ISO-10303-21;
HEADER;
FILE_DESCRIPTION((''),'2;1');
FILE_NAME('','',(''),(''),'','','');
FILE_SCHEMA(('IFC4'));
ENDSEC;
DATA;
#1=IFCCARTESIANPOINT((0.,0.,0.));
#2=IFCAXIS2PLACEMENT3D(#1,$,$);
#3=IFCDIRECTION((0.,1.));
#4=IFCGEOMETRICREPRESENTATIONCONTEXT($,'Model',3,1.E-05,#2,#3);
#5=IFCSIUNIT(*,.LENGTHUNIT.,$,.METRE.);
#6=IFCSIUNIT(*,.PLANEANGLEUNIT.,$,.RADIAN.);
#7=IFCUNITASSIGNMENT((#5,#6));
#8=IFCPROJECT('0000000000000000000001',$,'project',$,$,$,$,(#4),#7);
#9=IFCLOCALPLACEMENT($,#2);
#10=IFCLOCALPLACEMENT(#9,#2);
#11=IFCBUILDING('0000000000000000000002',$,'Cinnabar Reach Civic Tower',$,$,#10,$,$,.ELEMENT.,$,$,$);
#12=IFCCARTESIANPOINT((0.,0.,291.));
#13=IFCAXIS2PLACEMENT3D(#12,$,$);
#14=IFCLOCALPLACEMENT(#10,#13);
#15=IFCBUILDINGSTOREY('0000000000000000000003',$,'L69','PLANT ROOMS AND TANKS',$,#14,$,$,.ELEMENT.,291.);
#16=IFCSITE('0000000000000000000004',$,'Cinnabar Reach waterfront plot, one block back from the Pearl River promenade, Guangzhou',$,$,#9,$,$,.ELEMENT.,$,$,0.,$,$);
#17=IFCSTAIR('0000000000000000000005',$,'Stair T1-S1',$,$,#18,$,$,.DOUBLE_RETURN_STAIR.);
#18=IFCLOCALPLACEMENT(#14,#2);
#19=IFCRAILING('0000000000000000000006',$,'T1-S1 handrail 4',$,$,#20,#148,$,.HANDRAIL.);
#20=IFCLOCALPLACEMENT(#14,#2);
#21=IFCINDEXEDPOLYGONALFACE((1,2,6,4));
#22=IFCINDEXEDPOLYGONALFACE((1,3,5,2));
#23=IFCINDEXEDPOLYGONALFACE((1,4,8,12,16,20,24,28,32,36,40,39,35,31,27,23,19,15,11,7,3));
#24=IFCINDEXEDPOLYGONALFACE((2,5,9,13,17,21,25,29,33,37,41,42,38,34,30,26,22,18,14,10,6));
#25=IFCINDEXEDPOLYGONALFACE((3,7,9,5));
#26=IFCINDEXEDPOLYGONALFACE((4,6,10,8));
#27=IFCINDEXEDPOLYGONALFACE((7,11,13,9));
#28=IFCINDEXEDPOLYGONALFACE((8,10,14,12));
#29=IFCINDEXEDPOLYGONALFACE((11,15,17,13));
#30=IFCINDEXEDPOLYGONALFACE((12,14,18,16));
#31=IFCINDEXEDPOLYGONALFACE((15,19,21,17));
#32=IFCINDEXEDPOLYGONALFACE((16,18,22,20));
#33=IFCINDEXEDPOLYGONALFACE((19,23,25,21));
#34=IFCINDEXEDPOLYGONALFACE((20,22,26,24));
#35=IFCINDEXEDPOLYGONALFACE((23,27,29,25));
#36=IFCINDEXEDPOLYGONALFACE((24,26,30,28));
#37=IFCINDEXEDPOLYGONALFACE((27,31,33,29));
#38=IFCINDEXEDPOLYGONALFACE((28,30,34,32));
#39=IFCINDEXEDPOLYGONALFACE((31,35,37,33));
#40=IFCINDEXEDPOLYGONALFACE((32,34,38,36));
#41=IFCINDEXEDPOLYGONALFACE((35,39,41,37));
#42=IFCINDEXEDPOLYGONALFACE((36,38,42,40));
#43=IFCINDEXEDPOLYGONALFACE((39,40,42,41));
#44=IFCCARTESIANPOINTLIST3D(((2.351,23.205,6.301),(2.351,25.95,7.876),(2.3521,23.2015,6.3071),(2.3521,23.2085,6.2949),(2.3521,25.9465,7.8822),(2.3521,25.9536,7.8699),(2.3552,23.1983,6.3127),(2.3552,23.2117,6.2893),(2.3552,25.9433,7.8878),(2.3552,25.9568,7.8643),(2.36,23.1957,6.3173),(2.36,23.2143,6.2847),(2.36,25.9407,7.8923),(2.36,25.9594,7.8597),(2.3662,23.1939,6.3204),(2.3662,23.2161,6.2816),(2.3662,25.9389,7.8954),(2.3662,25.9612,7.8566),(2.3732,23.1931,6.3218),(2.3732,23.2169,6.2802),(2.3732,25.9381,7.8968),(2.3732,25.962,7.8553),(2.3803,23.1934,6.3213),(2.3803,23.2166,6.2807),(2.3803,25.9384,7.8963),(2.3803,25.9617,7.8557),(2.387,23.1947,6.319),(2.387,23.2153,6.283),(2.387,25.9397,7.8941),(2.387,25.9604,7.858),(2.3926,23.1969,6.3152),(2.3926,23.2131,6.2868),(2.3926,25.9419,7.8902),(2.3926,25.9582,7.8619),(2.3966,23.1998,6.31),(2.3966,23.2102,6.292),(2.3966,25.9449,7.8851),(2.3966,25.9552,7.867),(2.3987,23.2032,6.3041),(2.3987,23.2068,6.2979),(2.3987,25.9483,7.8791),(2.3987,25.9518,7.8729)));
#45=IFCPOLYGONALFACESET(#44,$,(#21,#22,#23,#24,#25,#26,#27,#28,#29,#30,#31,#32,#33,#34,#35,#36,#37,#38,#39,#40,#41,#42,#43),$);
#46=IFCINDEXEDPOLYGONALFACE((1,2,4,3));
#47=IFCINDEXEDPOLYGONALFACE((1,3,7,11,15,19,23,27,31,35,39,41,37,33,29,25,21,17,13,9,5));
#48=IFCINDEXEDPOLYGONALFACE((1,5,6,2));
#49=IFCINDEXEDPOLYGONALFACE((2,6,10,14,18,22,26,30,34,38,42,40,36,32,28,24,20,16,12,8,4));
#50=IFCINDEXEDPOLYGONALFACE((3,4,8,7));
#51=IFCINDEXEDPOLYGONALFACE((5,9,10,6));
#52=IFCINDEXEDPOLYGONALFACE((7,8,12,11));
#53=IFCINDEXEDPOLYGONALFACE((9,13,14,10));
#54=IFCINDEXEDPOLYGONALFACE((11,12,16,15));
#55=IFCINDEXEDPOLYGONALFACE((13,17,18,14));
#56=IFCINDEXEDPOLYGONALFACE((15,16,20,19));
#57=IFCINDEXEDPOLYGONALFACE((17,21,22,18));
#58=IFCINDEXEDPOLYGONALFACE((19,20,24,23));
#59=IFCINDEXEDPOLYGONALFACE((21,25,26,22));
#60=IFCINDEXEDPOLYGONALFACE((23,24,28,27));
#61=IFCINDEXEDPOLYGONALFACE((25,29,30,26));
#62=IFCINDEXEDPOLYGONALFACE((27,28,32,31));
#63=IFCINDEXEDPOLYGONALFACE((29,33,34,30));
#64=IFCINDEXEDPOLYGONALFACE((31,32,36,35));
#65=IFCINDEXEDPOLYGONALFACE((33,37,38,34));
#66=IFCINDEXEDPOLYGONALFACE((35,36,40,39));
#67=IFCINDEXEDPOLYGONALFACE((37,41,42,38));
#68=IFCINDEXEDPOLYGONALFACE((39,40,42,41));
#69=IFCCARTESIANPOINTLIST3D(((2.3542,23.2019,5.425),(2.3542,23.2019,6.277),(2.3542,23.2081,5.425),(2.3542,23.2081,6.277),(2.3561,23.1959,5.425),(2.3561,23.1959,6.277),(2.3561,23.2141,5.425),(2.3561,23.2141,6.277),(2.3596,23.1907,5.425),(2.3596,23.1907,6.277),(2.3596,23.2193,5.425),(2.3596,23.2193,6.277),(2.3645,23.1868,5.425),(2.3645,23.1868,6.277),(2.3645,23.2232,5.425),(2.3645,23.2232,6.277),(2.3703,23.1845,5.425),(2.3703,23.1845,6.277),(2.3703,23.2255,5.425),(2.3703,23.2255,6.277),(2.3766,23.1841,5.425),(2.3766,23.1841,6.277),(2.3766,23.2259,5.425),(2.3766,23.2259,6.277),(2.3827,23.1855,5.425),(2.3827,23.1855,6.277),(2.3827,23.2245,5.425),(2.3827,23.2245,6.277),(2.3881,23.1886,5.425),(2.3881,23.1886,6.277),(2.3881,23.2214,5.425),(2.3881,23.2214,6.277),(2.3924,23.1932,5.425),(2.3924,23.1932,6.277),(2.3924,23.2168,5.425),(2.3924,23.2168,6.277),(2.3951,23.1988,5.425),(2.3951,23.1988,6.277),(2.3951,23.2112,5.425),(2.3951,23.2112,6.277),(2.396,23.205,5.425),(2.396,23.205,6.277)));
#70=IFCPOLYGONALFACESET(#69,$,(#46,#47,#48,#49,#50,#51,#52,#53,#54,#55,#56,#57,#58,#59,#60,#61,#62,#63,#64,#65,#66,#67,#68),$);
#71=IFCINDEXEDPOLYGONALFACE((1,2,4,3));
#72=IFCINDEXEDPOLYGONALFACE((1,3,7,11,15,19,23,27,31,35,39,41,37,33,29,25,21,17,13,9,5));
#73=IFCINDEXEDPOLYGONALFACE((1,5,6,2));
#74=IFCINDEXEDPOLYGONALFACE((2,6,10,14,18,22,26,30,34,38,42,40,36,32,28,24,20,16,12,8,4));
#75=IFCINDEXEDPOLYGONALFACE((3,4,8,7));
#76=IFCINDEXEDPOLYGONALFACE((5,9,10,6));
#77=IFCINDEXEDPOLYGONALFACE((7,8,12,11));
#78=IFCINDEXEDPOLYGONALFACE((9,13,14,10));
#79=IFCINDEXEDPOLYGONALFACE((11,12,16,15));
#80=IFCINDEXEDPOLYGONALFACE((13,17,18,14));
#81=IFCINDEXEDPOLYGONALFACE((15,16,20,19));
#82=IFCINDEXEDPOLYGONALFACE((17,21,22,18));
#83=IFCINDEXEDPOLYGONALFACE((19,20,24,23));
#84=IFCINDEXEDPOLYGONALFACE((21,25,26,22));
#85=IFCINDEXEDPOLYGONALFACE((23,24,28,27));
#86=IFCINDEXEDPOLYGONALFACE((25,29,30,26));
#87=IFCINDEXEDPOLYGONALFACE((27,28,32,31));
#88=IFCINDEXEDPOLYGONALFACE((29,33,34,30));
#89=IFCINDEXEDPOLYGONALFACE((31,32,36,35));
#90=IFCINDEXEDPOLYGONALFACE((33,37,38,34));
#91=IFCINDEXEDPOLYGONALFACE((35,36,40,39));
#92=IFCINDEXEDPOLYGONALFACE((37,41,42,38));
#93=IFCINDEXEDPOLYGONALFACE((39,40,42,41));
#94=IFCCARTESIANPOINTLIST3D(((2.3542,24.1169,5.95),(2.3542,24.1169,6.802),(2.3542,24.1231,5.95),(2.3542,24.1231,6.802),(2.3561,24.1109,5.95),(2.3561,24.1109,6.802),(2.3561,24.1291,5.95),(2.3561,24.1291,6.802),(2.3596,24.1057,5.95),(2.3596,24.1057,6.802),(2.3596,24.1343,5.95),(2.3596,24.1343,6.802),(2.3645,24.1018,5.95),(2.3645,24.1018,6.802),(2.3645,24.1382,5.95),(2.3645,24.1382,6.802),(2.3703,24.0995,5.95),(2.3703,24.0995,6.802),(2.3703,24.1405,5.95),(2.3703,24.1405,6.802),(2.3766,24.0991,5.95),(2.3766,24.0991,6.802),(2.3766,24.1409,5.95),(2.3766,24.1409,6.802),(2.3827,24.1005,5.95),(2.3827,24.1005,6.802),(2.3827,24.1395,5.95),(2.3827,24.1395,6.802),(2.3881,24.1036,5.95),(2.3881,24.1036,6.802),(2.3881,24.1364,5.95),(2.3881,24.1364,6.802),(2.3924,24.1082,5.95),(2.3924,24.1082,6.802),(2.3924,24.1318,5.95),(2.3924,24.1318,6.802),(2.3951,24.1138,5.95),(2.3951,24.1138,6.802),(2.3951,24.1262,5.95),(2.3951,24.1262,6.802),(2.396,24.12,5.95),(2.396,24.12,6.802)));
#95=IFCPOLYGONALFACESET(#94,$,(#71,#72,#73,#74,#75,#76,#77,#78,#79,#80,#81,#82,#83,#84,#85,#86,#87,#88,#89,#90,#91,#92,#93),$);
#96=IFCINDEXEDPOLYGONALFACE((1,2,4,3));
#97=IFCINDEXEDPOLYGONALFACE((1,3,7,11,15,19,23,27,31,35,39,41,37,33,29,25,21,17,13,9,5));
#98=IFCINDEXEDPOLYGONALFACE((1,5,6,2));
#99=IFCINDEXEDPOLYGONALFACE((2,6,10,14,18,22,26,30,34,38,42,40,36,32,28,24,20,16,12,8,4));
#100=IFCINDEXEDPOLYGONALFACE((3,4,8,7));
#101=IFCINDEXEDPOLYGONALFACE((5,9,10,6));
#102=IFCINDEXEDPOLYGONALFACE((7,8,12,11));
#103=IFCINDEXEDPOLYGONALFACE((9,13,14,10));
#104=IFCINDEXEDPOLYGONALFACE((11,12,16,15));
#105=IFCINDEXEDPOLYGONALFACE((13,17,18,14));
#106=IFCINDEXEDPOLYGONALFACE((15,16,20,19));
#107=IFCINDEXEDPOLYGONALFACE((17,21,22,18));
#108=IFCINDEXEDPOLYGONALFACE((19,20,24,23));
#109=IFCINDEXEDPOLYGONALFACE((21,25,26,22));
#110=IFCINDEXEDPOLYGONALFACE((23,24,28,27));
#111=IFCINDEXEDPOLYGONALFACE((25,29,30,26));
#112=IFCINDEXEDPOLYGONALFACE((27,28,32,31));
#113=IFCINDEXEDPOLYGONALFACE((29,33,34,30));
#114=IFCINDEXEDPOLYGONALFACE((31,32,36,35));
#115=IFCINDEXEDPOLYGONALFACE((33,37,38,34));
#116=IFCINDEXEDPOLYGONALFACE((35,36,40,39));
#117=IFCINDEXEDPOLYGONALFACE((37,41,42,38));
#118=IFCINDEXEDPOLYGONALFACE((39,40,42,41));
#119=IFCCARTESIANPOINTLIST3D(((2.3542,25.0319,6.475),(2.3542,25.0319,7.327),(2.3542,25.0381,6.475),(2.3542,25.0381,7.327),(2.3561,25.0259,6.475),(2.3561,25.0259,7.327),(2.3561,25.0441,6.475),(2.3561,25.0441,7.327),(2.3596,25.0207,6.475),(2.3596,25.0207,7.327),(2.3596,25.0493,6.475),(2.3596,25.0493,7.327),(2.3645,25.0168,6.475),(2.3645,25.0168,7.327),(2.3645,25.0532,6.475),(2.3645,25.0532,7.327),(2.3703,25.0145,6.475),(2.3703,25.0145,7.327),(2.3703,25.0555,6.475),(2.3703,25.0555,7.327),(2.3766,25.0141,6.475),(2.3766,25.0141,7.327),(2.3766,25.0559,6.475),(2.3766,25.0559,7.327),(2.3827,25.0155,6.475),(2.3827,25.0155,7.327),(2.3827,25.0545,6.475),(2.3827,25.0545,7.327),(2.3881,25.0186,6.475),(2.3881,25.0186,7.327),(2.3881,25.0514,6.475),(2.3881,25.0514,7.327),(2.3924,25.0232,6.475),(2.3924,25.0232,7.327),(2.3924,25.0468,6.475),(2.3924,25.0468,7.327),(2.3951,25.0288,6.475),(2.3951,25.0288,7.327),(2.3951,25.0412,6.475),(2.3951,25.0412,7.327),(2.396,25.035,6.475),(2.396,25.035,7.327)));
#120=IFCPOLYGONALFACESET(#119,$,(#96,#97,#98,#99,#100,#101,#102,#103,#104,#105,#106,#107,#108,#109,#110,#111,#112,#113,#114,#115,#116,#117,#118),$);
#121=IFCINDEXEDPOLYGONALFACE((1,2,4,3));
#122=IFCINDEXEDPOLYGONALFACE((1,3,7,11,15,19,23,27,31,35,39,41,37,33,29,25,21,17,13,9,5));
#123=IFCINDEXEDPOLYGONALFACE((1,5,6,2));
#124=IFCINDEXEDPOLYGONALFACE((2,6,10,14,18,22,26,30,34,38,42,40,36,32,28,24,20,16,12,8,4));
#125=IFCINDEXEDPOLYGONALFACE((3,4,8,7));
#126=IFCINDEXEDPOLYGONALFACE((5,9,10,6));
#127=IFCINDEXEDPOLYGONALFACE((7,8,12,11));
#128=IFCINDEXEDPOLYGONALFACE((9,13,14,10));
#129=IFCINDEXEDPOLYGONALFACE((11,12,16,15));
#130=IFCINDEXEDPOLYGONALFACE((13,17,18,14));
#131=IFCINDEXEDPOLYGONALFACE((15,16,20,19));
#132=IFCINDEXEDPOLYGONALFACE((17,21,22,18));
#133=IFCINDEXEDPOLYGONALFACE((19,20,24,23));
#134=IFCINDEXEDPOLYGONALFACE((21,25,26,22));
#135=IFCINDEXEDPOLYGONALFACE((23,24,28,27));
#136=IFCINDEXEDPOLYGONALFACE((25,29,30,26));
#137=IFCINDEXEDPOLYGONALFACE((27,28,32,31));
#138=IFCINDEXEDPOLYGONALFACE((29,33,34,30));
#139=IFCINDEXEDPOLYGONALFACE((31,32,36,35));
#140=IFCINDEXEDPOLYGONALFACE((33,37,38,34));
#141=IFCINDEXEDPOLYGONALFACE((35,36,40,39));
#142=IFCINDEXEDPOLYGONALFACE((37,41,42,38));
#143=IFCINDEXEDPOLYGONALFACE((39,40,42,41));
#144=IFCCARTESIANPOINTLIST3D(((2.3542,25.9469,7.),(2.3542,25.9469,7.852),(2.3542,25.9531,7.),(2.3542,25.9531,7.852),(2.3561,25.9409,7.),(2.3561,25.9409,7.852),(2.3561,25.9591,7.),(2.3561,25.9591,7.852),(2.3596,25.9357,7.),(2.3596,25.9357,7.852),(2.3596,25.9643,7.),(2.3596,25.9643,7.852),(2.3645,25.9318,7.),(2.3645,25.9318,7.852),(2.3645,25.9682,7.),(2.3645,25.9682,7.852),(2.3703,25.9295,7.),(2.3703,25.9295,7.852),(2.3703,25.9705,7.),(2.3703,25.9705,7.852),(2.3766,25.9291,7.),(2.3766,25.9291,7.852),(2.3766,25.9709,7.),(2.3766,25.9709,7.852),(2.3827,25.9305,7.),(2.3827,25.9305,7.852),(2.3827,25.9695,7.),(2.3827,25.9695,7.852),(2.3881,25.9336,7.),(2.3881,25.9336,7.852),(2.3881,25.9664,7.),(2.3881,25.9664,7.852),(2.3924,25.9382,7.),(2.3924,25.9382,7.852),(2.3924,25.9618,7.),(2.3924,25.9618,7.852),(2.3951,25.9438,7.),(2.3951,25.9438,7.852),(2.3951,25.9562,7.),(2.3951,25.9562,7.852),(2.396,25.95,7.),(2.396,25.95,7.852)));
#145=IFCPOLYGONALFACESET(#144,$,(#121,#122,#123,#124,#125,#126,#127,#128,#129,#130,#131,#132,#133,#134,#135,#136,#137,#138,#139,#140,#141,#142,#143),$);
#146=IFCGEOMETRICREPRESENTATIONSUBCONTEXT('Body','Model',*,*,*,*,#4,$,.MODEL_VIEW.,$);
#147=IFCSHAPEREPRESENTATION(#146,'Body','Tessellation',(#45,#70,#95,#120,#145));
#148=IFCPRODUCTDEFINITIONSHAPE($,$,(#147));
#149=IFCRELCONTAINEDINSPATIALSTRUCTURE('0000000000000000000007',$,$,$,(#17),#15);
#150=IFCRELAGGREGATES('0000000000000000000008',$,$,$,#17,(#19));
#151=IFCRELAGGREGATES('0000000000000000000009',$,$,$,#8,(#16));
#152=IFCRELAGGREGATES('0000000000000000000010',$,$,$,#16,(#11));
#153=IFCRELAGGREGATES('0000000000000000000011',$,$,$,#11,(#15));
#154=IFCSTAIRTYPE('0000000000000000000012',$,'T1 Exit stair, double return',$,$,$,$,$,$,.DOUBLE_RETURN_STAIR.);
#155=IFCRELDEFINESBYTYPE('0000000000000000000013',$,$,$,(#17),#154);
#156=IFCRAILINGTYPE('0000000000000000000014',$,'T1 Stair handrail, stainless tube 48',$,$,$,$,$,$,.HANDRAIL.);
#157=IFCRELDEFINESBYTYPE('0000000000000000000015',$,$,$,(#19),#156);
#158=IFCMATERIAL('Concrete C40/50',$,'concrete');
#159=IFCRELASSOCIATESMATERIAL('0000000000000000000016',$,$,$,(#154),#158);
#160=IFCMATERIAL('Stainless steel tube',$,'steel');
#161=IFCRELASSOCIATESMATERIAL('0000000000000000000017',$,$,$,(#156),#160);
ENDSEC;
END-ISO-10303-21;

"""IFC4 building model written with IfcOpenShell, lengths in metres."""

from ifc_helpers import new_model, si_unit, direction, frame, origin, origin_2d, place, context, subcontext, project, spatial, circle, extrude, material, type_object, element, aggregate, save


model = new_model("IFC4")

# Units and contexts
model_context = context("Model", 3, precision=1e-05, world=origin(), true_north=direction((0.0, 1.0)))
body_context = subcontext(model_context, "Body", "Model", "MODEL_VIEW")
ifc_project = project(units=[si_unit("LENGTHUNIT", "METRE"), si_unit("PLANEANGLEUNIT", "RADIAN")], contexts=[model_context])

# Site, building, storey
site_placement = place(None, origin())
site = spatial("IfcSite", under=ifc_project, at=site_placement, Name="Cinnabar Reach waterfront plot, one block back from the Pearl River promenade, Guangzhou", CompositionType="ELEMENT", RefElevation=0.0)
building_placement = place(site_placement, origin())
building = spatial("IfcBuilding", under=site, at=building_placement, Name="Cinnabar Reach Civic Tower", CompositionType="ELEMENT")
storey_placement = place(building_placement, frame((0.0, 0.0, 291.0)))
storey = spatial("IfcBuildingStorey", under=building, at=storey_placement, Name="L69", Description="PLANT ROOMS AND TANKS", CompositionType="ELEMENT", Elevation=291.0)

# Shared definitions
ifc_material_1 = material(Name="Concrete C40/50", Category="concrete")

# Stair, railing
stair_type = type_object("IfcStairType", Name="T1 Exit stair, double return", PredefinedType="DOUBLE_RETURN_STAIR", material=ifc_material_1)
stair_placement = place(storey_placement, origin())
stair = element("IfcStair", 1, at=stair_placement, inside=storey, type_object=stair_type, Name="Stair T1-S1", PredefinedType="DOUBLE_RETURN_STAIR")
ifc_material_2 = material(Name="Stainless steel tube", Category="steel")
railing_type = type_object("IfcRailingType", Name="T1 Stair handrail, stainless tube 48", PredefinedType="HANDRAIL", material=ifc_material_2)
railing_1_placement = place(storey_placement, frame((2.375, 23.205, 5.425)))
railing_1 = element("IfcRailing", 2, at=railing_1_placement, type_object=railing_type, Name="T1-S1 handrail 4", PredefinedType="HANDRAIL", context=body_context, shape_type="SweptSolid", body=[
    extrude(circle(Radius=0.024, at=origin_2d()), frame((0.0, 0.0, 0.876), z_axis=(0.0, 0.867367, 0.497669), x_axis=(-1.0, 0.0, 0.0)), (0.0, 0.0, 1.0), 3.1648),
    extrude(circle(Radius=0.021, at=origin_2d()), origin(), (0.0, 0.0, 1.0), 0.852),
    extrude(circle(Radius=0.021, at=origin_2d()), frame((0.0, 0.915, 0.525)), (0.0, 0.0, 1.0), 0.852),
    extrude(circle(Radius=0.021, at=origin_2d()), frame((0.0, 1.83, 1.05)), (0.0, 0.0, 1.0), 0.852),
    extrude(circle(Radius=0.021, at=origin_2d()), frame((0.0, 2.745, 1.575)), (0.0, 0.0, 1.0), 0.852),
])
aggregate(stair, [railing_1])

save(model, "model.ifc")
